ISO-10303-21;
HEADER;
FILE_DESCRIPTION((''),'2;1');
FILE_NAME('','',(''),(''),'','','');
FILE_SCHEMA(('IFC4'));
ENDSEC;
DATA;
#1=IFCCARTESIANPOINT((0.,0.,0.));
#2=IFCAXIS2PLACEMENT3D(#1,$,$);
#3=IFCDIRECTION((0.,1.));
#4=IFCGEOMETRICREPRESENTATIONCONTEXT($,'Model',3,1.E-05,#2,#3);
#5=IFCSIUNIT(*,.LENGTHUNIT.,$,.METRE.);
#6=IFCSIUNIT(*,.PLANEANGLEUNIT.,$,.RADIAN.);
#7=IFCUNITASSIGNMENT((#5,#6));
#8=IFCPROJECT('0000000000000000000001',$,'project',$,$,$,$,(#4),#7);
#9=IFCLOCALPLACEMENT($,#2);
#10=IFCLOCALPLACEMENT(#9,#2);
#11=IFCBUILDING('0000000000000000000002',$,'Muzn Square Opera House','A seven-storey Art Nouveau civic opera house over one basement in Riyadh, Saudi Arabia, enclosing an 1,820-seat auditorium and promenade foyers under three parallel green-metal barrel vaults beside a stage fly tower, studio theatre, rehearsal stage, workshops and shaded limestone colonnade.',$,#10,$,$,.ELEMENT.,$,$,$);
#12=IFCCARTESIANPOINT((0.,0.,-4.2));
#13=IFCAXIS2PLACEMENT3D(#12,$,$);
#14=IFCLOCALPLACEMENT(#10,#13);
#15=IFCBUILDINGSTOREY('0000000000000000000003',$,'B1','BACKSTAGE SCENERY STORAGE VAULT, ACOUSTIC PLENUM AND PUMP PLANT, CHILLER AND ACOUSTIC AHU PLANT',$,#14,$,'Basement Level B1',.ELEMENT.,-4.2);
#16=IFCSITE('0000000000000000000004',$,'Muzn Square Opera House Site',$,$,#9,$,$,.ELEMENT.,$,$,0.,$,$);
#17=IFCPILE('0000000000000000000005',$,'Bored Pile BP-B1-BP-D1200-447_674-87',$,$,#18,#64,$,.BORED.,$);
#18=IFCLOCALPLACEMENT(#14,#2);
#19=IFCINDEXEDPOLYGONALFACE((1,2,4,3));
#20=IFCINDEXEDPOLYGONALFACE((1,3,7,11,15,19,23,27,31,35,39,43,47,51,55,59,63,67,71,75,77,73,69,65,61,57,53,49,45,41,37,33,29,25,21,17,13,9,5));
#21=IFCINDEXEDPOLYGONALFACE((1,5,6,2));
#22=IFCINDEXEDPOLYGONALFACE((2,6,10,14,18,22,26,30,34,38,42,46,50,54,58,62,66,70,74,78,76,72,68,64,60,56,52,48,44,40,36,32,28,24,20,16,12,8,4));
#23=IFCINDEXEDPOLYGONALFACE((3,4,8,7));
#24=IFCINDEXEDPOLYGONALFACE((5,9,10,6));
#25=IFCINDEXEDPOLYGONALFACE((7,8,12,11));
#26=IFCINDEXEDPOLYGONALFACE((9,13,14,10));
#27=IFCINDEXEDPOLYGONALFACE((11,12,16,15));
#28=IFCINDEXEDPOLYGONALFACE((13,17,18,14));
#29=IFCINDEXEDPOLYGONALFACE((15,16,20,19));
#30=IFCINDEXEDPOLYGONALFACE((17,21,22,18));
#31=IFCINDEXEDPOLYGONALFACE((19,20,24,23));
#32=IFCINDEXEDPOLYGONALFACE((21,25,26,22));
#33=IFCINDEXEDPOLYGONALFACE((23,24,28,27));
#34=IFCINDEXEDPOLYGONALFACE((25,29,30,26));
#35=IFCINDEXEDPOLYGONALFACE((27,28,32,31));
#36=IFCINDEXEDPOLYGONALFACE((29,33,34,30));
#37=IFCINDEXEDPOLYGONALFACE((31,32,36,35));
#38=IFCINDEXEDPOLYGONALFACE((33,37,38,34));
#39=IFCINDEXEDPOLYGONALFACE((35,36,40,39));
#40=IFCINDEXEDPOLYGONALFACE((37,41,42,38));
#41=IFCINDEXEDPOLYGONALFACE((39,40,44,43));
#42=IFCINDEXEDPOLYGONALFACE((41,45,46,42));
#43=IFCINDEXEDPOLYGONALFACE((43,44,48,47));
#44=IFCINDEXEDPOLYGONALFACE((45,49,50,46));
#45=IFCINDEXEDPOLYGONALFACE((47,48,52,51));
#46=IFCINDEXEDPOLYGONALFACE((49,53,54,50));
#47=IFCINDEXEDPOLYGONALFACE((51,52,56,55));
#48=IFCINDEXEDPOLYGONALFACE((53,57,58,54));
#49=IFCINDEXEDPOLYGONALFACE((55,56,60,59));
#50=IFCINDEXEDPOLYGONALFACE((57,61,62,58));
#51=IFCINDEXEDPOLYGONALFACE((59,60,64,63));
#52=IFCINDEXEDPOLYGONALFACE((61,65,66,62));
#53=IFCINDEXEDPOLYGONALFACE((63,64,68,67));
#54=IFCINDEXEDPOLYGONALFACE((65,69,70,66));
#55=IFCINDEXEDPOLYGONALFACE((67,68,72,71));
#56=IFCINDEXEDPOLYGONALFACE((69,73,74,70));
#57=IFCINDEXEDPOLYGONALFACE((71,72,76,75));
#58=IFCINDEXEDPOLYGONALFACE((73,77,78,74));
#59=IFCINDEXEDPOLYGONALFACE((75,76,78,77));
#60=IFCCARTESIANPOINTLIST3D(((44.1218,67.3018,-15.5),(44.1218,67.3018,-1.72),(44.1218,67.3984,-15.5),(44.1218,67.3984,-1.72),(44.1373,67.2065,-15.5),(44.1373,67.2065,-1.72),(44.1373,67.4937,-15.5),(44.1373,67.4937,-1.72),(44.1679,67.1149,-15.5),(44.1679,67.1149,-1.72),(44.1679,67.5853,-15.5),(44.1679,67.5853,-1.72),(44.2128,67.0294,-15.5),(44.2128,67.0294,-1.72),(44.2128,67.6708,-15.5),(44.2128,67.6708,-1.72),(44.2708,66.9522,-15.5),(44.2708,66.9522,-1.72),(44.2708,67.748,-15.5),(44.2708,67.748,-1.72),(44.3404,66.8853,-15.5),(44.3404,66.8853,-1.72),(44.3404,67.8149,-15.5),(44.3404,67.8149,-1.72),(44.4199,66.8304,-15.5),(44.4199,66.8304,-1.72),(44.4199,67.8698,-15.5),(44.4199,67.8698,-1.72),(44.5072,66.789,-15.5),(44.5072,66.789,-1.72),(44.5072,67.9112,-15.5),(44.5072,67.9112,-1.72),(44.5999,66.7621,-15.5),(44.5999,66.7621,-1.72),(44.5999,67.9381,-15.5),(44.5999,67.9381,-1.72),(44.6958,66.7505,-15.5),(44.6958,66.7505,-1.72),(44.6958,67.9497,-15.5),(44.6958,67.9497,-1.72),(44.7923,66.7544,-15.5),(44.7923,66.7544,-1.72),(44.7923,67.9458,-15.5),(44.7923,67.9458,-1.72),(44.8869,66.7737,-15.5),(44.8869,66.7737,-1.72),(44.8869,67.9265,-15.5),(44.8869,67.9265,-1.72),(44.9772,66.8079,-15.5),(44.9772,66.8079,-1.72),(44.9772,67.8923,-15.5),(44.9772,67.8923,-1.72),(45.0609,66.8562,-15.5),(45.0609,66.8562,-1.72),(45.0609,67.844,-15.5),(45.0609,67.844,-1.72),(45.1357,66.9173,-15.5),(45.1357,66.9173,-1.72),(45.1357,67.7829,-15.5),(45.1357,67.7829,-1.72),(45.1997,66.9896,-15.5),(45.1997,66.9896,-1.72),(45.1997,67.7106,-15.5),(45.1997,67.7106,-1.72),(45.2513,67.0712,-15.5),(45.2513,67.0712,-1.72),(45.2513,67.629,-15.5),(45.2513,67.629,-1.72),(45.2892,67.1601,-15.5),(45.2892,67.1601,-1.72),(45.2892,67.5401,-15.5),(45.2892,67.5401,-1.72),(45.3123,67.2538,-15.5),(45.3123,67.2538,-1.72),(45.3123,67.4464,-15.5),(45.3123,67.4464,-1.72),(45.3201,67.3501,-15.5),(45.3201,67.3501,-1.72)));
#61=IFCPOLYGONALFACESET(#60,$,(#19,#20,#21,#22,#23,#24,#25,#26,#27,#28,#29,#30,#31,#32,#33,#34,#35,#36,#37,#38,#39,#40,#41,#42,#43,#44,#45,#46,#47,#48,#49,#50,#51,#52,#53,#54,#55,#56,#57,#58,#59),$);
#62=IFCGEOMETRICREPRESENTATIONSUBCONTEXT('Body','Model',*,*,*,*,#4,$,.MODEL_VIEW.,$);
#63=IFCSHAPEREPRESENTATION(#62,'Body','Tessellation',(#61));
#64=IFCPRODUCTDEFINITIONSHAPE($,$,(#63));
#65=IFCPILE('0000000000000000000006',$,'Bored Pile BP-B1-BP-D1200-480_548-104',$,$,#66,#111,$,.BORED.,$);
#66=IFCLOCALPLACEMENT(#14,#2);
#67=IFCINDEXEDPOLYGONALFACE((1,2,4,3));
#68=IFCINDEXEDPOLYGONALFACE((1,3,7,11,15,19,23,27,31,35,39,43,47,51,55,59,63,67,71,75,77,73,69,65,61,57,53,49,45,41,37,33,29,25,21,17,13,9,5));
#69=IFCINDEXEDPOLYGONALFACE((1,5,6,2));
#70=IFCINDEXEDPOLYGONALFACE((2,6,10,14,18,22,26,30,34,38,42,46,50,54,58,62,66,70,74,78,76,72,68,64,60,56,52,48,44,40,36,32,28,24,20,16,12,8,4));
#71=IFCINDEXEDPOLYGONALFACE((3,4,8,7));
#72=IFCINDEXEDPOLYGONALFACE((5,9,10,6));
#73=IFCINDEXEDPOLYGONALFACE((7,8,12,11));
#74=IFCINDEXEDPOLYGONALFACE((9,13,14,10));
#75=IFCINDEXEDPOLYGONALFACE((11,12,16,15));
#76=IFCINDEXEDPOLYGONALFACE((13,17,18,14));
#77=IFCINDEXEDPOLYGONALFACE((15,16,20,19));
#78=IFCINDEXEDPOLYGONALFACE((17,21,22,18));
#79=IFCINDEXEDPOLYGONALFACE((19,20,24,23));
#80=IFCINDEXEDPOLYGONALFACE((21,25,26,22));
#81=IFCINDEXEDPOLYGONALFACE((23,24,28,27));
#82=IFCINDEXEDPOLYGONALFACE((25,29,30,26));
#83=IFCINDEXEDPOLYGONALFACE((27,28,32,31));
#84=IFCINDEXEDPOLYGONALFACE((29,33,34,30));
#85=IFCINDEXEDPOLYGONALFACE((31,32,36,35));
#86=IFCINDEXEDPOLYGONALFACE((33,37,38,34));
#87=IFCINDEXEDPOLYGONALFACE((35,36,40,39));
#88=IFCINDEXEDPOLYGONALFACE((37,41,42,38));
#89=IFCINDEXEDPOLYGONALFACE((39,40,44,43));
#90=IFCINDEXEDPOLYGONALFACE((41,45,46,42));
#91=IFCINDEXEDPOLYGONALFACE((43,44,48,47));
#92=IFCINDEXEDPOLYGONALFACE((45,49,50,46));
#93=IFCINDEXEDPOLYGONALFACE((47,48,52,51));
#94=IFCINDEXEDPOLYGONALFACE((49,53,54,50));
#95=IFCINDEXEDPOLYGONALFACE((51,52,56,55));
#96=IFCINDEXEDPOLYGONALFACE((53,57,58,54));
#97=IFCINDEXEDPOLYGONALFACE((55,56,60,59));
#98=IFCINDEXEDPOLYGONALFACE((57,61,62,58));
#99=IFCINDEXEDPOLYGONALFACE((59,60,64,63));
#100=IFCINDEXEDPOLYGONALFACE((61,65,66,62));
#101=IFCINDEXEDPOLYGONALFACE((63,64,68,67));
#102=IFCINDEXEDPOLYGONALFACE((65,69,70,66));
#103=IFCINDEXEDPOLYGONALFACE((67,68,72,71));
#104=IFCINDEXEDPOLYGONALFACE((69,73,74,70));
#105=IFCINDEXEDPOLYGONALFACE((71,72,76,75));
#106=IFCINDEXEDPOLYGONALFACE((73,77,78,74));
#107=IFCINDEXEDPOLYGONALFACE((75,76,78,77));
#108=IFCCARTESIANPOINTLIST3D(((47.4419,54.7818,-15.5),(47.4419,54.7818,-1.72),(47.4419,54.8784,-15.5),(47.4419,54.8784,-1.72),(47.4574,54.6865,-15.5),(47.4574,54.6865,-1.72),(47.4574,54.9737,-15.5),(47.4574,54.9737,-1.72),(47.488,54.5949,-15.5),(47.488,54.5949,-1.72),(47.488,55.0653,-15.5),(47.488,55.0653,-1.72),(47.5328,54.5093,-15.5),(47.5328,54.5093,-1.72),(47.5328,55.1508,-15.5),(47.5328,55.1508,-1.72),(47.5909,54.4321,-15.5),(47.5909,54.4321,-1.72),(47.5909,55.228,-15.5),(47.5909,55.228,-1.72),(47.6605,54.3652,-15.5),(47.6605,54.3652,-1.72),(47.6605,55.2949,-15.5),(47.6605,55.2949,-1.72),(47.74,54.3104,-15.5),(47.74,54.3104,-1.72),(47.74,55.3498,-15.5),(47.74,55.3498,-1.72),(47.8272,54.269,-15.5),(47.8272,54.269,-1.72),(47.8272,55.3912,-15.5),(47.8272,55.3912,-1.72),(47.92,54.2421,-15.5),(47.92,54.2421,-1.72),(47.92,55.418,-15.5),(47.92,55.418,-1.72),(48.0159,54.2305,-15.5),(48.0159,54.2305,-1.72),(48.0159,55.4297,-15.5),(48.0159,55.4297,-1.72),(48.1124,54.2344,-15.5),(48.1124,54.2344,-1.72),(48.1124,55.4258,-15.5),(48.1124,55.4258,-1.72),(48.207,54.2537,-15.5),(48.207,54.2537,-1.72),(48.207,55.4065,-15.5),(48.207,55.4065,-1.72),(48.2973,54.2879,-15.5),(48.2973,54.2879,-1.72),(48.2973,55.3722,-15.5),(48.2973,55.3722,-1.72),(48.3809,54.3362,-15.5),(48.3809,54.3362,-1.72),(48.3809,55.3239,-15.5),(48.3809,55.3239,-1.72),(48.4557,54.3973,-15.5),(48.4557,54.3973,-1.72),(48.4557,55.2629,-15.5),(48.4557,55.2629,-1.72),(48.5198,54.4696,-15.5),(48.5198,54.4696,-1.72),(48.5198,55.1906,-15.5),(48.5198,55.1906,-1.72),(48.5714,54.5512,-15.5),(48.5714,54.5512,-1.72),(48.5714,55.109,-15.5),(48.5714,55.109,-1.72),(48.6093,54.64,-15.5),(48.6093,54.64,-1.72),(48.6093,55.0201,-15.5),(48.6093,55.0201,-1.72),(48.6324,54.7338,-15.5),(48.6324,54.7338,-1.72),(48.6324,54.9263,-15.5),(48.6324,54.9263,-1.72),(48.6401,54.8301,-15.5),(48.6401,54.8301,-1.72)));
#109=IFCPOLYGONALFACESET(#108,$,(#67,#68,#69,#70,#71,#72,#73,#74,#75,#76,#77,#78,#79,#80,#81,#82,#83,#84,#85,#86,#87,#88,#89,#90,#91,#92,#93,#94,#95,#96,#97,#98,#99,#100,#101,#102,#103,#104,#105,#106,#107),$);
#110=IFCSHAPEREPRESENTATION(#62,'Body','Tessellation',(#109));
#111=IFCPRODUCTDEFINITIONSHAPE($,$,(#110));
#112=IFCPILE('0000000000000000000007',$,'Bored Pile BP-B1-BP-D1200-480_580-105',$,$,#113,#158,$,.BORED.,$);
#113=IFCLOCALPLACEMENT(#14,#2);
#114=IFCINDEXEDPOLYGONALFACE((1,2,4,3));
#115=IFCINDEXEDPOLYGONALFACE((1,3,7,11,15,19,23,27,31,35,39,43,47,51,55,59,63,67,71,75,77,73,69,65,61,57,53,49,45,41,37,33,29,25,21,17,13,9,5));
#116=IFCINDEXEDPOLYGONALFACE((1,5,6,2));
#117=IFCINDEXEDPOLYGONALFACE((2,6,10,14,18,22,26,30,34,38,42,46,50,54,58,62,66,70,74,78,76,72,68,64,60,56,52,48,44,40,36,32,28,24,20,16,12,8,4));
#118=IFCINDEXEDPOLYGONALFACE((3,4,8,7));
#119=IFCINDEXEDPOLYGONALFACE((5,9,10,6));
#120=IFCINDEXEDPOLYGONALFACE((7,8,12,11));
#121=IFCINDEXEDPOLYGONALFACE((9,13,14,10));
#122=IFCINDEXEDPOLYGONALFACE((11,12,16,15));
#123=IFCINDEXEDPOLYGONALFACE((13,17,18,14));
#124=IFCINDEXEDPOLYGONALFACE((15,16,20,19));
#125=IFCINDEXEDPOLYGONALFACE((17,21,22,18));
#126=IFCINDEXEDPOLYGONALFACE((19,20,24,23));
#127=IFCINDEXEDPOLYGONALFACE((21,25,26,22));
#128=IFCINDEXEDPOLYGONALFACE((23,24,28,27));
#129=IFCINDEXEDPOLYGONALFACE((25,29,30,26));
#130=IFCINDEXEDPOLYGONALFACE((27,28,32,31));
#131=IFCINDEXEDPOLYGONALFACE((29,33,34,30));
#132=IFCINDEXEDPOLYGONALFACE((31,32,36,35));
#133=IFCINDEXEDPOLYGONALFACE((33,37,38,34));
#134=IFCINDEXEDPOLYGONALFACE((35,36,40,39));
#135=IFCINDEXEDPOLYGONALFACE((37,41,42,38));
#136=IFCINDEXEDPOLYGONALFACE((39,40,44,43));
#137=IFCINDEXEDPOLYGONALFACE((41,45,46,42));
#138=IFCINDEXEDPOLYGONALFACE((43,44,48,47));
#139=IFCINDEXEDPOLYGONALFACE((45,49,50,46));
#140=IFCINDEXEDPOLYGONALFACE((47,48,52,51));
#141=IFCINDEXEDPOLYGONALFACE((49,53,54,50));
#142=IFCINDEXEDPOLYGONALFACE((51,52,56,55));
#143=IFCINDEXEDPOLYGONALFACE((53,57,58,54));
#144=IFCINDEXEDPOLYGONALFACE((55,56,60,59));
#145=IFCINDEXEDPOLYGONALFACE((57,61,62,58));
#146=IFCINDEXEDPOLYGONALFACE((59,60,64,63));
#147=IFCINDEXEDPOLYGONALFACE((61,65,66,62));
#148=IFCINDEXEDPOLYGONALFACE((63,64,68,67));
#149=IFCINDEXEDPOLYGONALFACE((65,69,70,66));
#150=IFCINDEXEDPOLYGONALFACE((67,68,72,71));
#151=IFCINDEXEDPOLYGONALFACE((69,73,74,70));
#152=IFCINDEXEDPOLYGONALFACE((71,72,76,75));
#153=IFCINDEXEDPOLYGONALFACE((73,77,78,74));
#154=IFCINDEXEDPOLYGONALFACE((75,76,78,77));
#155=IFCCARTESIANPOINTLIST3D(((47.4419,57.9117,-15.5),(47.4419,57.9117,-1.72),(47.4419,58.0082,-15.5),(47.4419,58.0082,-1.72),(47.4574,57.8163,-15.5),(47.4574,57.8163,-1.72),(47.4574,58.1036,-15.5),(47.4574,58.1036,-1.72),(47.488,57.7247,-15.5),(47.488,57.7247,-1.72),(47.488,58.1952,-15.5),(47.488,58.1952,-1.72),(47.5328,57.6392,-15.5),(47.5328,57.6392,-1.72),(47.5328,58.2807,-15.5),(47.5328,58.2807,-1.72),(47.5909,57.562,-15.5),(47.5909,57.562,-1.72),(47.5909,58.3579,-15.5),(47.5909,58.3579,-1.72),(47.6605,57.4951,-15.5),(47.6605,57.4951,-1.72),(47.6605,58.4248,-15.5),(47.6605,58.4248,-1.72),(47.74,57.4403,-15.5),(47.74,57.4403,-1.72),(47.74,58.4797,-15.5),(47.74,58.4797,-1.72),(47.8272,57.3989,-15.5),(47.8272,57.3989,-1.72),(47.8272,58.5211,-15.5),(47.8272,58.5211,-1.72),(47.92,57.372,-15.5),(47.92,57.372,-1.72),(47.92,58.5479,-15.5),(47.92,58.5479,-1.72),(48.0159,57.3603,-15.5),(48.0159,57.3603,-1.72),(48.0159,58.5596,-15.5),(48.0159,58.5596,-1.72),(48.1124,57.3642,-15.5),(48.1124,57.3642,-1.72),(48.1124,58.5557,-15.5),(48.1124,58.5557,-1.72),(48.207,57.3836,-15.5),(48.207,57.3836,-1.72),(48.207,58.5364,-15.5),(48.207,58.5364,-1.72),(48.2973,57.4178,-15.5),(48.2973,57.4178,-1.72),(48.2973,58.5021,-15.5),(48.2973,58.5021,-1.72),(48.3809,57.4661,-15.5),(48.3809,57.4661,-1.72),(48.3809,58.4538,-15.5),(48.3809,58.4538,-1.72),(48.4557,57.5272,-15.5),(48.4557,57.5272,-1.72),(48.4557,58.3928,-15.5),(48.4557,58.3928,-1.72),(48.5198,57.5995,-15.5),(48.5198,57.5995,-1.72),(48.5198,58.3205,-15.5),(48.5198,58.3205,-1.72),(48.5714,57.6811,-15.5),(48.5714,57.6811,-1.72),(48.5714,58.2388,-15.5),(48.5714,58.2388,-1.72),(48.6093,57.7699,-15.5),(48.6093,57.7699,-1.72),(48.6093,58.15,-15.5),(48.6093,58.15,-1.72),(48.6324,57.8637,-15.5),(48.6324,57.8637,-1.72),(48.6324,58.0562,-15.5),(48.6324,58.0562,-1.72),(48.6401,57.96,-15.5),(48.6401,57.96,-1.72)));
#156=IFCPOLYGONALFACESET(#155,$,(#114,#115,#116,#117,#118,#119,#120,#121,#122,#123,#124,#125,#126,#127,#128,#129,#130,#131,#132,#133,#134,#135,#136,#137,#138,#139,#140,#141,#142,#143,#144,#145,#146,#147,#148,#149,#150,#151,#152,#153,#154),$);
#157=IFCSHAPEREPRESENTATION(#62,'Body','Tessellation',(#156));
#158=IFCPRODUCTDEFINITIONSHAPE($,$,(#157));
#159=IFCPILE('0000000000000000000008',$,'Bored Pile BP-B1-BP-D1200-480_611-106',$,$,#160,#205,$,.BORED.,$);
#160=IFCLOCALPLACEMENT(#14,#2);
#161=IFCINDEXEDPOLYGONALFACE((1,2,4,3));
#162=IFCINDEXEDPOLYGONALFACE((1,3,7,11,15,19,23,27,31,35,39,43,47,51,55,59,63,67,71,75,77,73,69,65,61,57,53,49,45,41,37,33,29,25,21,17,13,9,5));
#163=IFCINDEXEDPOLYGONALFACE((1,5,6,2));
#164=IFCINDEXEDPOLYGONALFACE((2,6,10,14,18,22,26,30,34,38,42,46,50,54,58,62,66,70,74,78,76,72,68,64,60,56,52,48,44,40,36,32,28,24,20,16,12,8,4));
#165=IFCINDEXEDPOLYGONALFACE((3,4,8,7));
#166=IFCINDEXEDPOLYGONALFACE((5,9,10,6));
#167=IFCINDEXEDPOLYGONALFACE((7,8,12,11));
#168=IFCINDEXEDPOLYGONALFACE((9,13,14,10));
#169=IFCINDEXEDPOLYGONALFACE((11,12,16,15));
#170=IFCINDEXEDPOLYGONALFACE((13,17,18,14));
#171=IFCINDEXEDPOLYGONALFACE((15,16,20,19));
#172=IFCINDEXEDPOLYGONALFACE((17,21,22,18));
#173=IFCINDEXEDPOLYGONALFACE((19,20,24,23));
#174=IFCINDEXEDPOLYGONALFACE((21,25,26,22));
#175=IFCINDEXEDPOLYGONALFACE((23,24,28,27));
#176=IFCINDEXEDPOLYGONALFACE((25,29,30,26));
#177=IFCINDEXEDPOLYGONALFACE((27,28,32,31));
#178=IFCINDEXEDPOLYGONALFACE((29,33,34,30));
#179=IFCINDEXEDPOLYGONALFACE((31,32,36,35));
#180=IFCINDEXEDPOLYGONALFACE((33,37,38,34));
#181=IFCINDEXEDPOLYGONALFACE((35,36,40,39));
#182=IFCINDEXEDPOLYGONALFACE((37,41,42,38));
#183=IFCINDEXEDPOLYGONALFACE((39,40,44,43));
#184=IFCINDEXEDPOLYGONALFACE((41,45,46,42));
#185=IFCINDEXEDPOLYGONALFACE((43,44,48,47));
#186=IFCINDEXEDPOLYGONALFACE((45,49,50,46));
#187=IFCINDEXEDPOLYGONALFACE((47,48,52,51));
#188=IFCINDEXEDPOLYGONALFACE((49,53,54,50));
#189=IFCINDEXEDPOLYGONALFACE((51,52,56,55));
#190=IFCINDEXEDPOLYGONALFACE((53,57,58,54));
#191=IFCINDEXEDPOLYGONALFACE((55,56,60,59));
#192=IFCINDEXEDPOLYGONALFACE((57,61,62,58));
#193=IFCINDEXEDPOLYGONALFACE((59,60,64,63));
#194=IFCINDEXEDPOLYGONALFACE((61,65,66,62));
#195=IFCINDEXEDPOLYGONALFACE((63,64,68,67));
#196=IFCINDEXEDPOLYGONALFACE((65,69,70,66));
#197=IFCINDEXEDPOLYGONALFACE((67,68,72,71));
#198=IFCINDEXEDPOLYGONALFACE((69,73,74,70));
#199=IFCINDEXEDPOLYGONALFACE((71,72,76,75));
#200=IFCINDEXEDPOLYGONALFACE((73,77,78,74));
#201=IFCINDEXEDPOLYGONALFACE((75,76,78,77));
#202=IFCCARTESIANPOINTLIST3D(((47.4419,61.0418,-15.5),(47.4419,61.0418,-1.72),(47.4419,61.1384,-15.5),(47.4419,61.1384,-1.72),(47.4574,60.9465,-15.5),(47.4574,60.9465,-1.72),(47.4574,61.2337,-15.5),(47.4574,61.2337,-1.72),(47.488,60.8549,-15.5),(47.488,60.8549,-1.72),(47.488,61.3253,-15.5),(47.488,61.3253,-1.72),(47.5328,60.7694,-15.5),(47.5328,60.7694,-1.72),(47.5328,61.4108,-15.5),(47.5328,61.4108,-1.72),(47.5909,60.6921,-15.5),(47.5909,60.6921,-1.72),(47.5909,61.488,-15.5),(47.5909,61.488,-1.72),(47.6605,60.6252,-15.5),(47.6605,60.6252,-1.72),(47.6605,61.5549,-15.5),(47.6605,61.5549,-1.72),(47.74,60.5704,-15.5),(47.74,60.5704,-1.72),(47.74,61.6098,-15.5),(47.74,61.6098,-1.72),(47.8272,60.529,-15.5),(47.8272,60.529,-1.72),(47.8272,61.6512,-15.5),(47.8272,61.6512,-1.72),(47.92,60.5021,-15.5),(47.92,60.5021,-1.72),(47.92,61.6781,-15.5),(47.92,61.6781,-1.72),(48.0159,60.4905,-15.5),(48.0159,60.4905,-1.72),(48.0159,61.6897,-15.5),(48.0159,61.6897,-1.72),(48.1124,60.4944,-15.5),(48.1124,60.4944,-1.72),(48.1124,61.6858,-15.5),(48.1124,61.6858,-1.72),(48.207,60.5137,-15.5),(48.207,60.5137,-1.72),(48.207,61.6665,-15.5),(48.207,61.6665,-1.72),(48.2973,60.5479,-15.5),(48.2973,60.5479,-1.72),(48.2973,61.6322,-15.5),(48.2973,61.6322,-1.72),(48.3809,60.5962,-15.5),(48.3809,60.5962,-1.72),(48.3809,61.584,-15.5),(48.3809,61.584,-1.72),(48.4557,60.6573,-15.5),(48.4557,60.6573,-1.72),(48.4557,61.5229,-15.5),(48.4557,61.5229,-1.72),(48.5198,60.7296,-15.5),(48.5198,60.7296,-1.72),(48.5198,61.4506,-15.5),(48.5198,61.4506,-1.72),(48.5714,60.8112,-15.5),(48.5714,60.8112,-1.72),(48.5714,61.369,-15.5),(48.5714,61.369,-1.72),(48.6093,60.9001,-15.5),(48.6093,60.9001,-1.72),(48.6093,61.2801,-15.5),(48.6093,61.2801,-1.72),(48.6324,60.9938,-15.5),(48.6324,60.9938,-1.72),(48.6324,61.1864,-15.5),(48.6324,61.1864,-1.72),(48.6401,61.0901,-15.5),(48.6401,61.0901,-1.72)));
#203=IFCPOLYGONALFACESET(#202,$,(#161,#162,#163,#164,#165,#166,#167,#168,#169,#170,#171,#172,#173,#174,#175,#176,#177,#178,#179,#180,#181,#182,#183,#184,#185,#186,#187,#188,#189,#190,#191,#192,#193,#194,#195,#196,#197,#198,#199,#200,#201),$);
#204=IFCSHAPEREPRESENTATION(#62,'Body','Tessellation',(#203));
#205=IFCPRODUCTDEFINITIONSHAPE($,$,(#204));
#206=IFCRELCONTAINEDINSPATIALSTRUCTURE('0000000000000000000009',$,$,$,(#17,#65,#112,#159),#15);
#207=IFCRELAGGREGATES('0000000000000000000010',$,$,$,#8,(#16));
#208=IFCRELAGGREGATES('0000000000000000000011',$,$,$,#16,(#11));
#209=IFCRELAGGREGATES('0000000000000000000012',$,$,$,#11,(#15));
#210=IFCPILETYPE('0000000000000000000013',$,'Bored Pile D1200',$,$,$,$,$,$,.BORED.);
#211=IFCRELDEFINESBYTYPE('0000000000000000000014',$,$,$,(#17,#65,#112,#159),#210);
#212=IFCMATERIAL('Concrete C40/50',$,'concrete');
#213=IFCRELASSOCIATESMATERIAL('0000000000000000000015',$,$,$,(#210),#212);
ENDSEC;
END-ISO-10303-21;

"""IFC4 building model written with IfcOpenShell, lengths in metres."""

from ifc_helpers import new_model, si_unit, direction, frame, origin, origin_2d, place, context, subcontext, project, spatial, circle, extrude, material, material_profile, profile_set, type_object, element, save


model = new_model("IFC4")

# Units and contexts
model_context = context("Model", 3, precision=1e-05, world=origin(), true_north=direction((0.0, 1.0)))
body_context = subcontext(model_context, "Body", "Model", "MODEL_VIEW")
ifc_project = project(units=[si_unit("LENGTHUNIT", "METRE"), si_unit("PLANEANGLEUNIT", "RADIAN")], contexts=[model_context])

# Site, building, storey
site_placement = place(None, origin())
site = spatial("IfcSite", under=ifc_project, at=site_placement, Name="Muzn Square Opera House Site", CompositionType="ELEMENT", RefElevation=0.0)
building_placement = place(site_placement, origin())
building = spatial("IfcBuilding", under=site, at=building_placement, Name="Muzn Square Opera House", Description="A seven-storey Art Nouveau civic opera house over one basement in Riyadh, Saudi Arabia, enclosing an 1,820-seat auditorium and promenade foyers under three parallel green-metal barrel vaults beside a stage fly tower, studio theatre, rehearsal stage, workshops and shaded limestone colonnade.", CompositionType="ELEMENT")
storey_placement = place(building_placement, frame((0.0, 0.0, -4.2)))
storey = spatial("IfcBuildingStorey", under=building, at=storey_placement, Name="B1", Description="BACKSTAGE SCENERY STORAGE VAULT, ACOUSTIC PLENUM AND PUMP PLANT, CHILLER AND ACOUSTIC AHU PLANT", LongName="Basement Level B1", CompositionType="ELEMENT", Elevation=-4.2)

# Piles
ifc_material_1 = material(Name="Concrete C40/50", Category="concrete")
ifc_material_profile_1 = material_profile(ifc_material_1, circle(Radius=0.6001, at=origin_2d()), Name="BORED PILE D1200", Category="concrete")
ifc_profile_set_1 = profile_set([ifc_material_profile_1], Name="Concrete C40/50")
pile_type = type_object("IfcPileType", Name="Bored Pile D1200", PredefinedType="BORED", material=ifc_profile_set_1)
for number, where, z_axis, x_axis, name in (
    (1, (44.72, 67.3501, -1.72), (0.0, 0.0, -1.0), (1.0, 0.0, 0.0), "Bored Pile BP-B1-BP-D1200-447_674-87"),
    (2, (48.04, 54.8301, -1.72), (0.0, 0.0, -1.0), (1.0, 0.0, 0.0), "Bored Pile BP-B1-BP-D1200-480_548-104"),
    (3, (48.04, 57.96, -1.72), (0.0, 0.0, -1.0), (1.0, 0.0, 0.0), "Bored Pile BP-B1-BP-D1200-480_580-105"),
    (4, (48.04, 61.0901, -1.72), (0.0, 0.0, -1.0), (1.0, 0.0, 0.0), "Bored Pile BP-B1-BP-D1200-480_611-106"),
):
    element("IfcPile", number, at=place(storey_placement, frame(where, z_axis=z_axis, x_axis=x_axis)), inside=storey, type_object=pile_type, Name=name, PredefinedType="BORED", context=body_context, shape_type="SweptSolid", body=[
        extrude(circle(Radius=0.6001, at=origin_2d()), origin(), (0.0, 0.0, 1.0), 13.78),
    ])

save(model, "model.ifc")
